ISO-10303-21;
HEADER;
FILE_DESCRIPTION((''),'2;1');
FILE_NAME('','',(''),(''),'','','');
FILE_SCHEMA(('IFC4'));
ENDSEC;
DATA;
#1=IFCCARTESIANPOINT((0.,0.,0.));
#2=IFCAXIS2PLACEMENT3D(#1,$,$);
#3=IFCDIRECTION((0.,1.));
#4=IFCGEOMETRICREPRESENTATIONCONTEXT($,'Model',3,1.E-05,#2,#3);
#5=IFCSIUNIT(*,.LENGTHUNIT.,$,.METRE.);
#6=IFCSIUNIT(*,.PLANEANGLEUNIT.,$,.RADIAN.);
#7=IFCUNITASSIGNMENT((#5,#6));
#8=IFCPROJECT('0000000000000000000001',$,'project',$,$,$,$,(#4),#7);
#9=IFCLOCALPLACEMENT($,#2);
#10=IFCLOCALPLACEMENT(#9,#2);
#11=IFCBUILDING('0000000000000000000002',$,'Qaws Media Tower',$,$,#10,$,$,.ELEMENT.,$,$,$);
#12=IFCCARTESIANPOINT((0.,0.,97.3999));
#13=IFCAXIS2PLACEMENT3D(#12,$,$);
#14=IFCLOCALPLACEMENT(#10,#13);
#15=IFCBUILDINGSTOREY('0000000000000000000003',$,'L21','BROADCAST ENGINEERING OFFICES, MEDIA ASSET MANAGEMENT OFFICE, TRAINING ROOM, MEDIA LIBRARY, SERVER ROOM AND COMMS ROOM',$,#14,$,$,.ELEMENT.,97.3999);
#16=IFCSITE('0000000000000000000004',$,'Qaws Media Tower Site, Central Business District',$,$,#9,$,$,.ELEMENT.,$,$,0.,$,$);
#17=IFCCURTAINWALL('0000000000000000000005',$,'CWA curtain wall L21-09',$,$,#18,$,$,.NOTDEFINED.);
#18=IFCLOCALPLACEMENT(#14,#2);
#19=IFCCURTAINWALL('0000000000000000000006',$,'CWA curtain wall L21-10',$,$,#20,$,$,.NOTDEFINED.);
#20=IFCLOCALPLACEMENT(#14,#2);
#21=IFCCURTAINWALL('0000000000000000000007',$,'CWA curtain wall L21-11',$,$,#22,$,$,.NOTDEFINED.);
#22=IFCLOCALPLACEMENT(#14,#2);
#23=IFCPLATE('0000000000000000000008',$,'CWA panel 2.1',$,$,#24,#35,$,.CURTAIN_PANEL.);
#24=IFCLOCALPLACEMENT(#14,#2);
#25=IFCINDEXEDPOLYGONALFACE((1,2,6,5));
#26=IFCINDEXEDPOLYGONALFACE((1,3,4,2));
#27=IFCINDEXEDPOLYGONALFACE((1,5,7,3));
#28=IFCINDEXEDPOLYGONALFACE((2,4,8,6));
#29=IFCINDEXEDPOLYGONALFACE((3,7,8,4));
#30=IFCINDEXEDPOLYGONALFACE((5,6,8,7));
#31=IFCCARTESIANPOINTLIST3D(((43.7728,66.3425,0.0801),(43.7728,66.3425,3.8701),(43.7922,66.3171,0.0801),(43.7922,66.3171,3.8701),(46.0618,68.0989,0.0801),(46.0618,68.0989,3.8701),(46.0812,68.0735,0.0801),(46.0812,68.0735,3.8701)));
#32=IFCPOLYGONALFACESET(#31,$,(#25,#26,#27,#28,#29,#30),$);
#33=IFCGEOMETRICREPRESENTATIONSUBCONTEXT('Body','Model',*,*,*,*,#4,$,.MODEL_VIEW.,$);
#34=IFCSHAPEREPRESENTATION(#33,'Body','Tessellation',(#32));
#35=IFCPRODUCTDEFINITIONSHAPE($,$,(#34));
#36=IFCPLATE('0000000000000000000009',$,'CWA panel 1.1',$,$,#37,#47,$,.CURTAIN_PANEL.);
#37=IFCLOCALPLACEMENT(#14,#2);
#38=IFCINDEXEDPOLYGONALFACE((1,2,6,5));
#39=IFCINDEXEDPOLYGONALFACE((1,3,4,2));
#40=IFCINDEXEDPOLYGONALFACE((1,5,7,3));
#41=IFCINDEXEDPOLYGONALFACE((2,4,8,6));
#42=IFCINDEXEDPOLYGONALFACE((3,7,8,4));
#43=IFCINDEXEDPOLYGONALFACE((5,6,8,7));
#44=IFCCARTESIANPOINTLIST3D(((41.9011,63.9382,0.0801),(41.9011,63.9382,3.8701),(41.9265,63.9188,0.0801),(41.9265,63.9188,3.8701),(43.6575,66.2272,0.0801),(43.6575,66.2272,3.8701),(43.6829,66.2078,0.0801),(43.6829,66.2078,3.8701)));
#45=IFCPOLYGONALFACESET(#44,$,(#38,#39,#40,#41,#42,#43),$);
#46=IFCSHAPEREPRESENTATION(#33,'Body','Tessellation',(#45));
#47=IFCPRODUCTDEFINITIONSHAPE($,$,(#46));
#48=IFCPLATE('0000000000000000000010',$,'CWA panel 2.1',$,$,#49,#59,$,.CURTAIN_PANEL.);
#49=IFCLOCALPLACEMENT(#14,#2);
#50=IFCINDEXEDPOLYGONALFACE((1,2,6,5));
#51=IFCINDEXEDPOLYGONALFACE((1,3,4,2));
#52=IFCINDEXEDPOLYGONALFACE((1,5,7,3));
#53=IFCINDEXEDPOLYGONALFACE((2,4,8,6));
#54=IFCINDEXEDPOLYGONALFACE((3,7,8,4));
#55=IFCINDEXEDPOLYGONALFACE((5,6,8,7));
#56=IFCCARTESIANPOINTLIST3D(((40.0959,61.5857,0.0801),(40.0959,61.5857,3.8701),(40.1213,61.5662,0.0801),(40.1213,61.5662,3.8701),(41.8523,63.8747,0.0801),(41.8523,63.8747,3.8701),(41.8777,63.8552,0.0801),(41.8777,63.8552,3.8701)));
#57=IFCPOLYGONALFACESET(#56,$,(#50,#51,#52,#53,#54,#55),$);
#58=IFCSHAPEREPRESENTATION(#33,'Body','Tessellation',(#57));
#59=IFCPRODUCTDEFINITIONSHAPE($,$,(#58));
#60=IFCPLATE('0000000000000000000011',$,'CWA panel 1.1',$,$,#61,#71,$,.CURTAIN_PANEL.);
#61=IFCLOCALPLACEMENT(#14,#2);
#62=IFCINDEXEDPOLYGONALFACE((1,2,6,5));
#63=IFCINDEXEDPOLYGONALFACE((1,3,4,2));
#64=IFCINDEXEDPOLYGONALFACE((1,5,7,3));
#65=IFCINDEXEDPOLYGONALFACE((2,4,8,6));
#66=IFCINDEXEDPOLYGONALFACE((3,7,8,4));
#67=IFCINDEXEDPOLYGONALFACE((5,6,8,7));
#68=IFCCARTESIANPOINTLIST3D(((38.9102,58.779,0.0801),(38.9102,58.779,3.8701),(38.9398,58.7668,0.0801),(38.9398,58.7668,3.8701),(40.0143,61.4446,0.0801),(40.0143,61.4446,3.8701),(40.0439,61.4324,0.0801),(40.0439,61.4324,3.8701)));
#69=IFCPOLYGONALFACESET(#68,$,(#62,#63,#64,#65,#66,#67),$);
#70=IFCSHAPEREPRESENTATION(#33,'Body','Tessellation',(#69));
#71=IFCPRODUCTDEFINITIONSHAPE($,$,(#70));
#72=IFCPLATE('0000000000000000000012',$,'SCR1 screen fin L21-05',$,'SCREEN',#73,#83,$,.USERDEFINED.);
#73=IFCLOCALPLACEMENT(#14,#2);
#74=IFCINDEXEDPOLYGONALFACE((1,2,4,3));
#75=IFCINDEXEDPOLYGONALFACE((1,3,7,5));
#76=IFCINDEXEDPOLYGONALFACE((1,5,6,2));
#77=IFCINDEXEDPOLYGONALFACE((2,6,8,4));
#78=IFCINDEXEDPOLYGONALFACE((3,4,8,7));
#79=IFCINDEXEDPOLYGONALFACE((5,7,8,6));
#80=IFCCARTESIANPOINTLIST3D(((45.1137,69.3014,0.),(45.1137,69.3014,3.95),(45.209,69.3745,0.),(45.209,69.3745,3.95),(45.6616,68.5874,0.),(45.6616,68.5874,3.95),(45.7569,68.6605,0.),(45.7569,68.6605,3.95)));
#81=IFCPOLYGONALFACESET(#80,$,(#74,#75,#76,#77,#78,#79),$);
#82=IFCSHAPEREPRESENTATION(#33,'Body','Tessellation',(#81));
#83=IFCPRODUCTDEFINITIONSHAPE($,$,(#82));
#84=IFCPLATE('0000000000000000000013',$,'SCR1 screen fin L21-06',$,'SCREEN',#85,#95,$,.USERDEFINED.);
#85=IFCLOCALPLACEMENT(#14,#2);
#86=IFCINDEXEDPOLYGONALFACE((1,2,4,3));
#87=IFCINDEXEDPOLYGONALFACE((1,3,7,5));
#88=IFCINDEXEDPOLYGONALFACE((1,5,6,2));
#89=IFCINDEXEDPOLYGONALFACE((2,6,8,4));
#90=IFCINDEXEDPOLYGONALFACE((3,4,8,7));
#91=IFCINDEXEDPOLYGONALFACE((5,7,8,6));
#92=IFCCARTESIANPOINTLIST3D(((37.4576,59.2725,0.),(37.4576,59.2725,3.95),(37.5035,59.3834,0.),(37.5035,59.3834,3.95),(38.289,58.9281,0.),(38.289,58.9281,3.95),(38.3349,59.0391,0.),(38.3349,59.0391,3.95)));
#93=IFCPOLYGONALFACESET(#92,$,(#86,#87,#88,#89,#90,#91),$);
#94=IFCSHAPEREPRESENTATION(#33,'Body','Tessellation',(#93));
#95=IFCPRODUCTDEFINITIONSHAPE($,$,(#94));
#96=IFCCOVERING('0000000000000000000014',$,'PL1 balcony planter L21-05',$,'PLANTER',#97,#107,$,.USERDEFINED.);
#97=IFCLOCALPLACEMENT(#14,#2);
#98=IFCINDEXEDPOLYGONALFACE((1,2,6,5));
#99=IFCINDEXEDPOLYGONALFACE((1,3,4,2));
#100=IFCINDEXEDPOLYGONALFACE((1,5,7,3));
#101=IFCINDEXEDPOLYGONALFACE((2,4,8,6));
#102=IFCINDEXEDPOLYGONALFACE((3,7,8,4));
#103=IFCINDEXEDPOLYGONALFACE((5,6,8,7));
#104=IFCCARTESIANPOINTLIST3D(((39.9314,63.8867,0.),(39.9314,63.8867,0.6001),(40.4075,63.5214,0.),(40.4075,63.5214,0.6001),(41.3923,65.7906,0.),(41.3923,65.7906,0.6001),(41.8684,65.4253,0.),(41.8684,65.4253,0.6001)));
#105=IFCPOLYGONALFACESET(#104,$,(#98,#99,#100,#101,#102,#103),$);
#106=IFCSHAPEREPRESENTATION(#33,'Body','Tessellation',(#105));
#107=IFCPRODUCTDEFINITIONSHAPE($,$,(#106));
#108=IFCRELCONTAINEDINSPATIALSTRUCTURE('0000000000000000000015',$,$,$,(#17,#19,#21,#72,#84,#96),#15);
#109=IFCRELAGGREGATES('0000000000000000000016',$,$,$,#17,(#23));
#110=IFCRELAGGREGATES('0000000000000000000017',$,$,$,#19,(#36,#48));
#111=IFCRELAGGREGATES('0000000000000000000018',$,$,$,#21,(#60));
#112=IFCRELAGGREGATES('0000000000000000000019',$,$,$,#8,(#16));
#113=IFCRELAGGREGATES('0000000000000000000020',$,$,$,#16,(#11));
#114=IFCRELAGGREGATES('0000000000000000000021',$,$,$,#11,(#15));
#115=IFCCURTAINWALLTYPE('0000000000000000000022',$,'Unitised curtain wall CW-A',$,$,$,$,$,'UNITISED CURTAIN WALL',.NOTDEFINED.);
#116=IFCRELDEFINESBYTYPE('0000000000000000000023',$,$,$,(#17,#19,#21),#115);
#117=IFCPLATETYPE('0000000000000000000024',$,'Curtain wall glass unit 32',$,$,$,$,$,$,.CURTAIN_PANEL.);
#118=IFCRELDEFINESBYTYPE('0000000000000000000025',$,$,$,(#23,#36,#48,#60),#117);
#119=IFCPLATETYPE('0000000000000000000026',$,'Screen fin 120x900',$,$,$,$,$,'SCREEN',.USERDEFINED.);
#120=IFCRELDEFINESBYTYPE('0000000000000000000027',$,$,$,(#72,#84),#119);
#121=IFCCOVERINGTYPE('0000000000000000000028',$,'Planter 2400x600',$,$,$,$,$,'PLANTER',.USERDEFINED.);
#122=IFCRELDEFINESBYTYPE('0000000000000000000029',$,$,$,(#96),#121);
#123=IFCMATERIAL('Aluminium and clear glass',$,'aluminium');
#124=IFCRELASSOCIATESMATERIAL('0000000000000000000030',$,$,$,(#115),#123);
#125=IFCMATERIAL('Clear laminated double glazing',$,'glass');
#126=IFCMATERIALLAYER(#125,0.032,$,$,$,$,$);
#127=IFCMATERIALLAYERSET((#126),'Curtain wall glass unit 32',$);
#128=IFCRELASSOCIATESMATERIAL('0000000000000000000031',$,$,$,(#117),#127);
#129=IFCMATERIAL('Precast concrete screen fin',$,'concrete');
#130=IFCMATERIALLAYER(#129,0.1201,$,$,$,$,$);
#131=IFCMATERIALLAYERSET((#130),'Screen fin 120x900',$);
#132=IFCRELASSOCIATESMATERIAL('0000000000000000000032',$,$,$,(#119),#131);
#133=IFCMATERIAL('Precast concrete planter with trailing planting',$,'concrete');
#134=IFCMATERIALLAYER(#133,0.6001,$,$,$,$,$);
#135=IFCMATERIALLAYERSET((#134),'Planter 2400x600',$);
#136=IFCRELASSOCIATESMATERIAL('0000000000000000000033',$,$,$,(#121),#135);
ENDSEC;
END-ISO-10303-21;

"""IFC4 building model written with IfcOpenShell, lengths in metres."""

from ifc_helpers import new_model, si_unit, direction, frame, origin, origin_2d, place, context, subcontext, project, spatial, rectangle, extrude, material, layer, layer_set, type_object, element, aggregate, save


model = new_model("IFC4")

# Units and contexts
model_context = context("Model", 3, precision=1e-05, world=origin(), true_north=direction((0.0, 1.0)))
body_context = subcontext(model_context, "Body", "Model", "MODEL_VIEW")
ifc_project = project(units=[si_unit("LENGTHUNIT", "METRE"), si_unit("PLANEANGLEUNIT", "RADIAN")], contexts=[model_context])

# Site, building, storey
site_placement = place(None, origin())
site = spatial("IfcSite", under=ifc_project, at=site_placement, Name="Qaws Media Tower Site, Central Business District", CompositionType="ELEMENT", RefElevation=0.0)
building_placement = place(site_placement, origin())
building = spatial("IfcBuilding", under=site, at=building_placement, Name="Qaws Media Tower", CompositionType="ELEMENT")
storey_placement = place(building_placement, frame((0.0, 0.0, 97.3999)))
storey = spatial("IfcBuildingStorey", under=building, at=storey_placement, Name="L21", Description="BROADCAST ENGINEERING OFFICES, MEDIA ASSET MANAGEMENT OFFICE, TRAINING ROOM, MEDIA LIBRARY, SERVER ROOM AND COMMS ROOM", CompositionType="ELEMENT", Elevation=97.3999)

# Curtain wall
ifc_material_1 = material(Name="Aluminium and clear glass", Category="aluminium")
curtain_wall_type = type_object("IfcCurtainWallType", Name="Unitised curtain wall CW-A", ElementType="UNITISED CURTAIN WALL", PredefinedType="NOTDEFINED", material=ifc_material_1)
curtain_wall_1_placement = place(storey_placement, origin())
curtain_wall_1 = element("IfcCurtainWall", 1, at=curtain_wall_1_placement, inside=storey, type_object=curtain_wall_type, Name="CWA curtain wall L21-09", PredefinedType="NOTDEFINED")

# Curtain walls
curtain_wall_2_placement = place(storey_placement, origin())
curtain_wall_2 = element("IfcCurtainWall", 2, at=curtain_wall_2_placement, inside=storey, type_object=curtain_wall_type, Name="CWA curtain wall L21-10", PredefinedType="NOTDEFINED")
curtain_wall_3_placement = place(storey_placement, origin())
curtain_wall_3 = element("IfcCurtainWall", 3, at=curtain_wall_3_placement, inside=storey, type_object=curtain_wall_type, Name="CWA curtain wall L21-11", PredefinedType="NOTDEFINED")

# Plates
ifc_material_2 = material(Name="Clear laminated double glazing", Category="glass")
ifc_layer_1 = layer(ifc_material_2, 0.032)
ifc_layer_set_1 = layer_set([ifc_layer_1], Name="Curtain wall glass unit 32")
plate_type_1 = type_object("IfcPlateType", Name="Curtain wall glass unit 32", PredefinedType="CURTAIN_PANEL", material=ifc_layer_set_1)
plate_1_placement = place(storey_placement, frame((44.927, 67.208, 0.0801), z_axis=(0.0, 0.0, 1.0), x_axis=(-0.793353, -0.608761, 0.0)))
plate_1 = element("IfcPlate", 4, at=plate_1_placement, type_object=plate_type_1, Name="CWA panel 2.1", PredefinedType="CURTAIN_PANEL", context=body_context, shape_type="SweptSolid", body=[
    extrude(rectangle(XDim=2.8853, YDim=0.032, at=origin_2d()), origin(), (0.0, 0.0, 1.0), 3.79),
])
aggregate(curtain_wall_1, [plate_1])
plate_2_placement = place(storey_placement, frame((42.792, 65.073, 0.0801), z_axis=(0.0, 0.0, 1.0), x_axis=(-0.608761, -0.793353, 0.0)))
plate_2 = element("IfcPlate", 5, at=plate_2_placement, type_object=plate_type_1, Name="CWA panel 1.1", PredefinedType="CURTAIN_PANEL", context=body_context, shape_type="SweptSolid", body=[
    extrude(rectangle(XDim=2.8853, YDim=0.032, at=origin_2d()), origin(), (0.0, 0.0, 1.0), 3.79),
])
plate_3_placement = place(storey_placement, frame((40.9868, 62.7205, 0.0801), z_axis=(0.0, 0.0, 1.0), x_axis=(-0.608761, -0.793353, 0.0)))
plate_3 = element("IfcPlate", 6, at=plate_3_placement, type_object=plate_type_1, Name="CWA panel 2.1", PredefinedType="CURTAIN_PANEL", context=body_context, shape_type="SweptSolid", body=[
    extrude(rectangle(XDim=2.8853, YDim=0.032, at=origin_2d()), origin(), (0.0, 0.0, 1.0), 3.79),
])
aggregate(curtain_wall_2, [plate_2, plate_3])
plate_4_placement = place(storey_placement, frame((39.4771, 60.1057, 0.0801), z_axis=(0.0, 0.0, 1.0), x_axis=(-0.382683, -0.92388, 0.0)))
plate_4 = element("IfcPlate", 7, at=plate_4_placement, type_object=plate_type_1, Name="CWA panel 1.1", PredefinedType="CURTAIN_PANEL", context=body_context, shape_type="SweptSolid", body=[
    extrude(rectangle(XDim=2.8853, YDim=0.032, at=origin_2d()), origin(), (0.0, 0.0, 1.0), 3.79),
])
aggregate(curtain_wall_3, [plate_4])

# Plates
ifc_material_3 = material(Name="Precast concrete screen fin", Category="concrete")
ifc_layer_2 = layer(ifc_material_3, 0.1201)
ifc_layer_set_2 = layer_set([ifc_layer_2], Name="Screen fin 120x900")
plate_type_2 = type_object("IfcPlateType", Name="Screen fin 120x900", ElementType="SCREEN", PredefinedType="USERDEFINED", material=ifc_layer_set_2)
for number, where, z_axis, x_axis, name in (
    (8, (45.4353, 68.981, 0.0), (0.0, 0.0, 1.0), (-0.608761, 0.793353, 0.0), "SCR1 screen fin L21-05"),
    (9, (37.8962, 59.1558, 0.0), (0.0, 0.0, 1.0), (-0.92388, 0.382683, 0.0), "SCR1 screen fin L21-06"),
):
    element("IfcPlate", number, at=place(storey_placement, frame(where, z_axis=z_axis, x_axis=x_axis)), inside=storey, type_object=plate_type_2, Name=name, ObjectType="SCREEN", PredefinedType="USERDEFINED", context=body_context, shape_type="SweptSolid", body=[
        extrude(rectangle(XDim=0.8999, YDim=0.1201, at=origin_2d()), origin(), (0.0, 0.0, 1.0), 3.95),
    ])

# Covering
ifc_material_4 = material(Name="Precast concrete planter with trailing planting", Category="concrete")
ifc_layer_3 = layer(ifc_material_4, 0.6001)
ifc_layer_set_3 = layer_set([ifc_layer_3], Name="Planter 2400x600")
covering_type = type_object("IfcCoveringType", Name="Planter 2400x600", ElementType="PLANTER", PredefinedType="USERDEFINED", material=ifc_layer_set_3)
covering_placement = place(storey_placement, frame((40.8999, 64.656, 0.0), z_axis=(0.0, 0.0, 1.0), x_axis=(-0.608761, -0.793353, 0.0)))
element("IfcCovering", 10, at=covering_placement, inside=storey, type_object=covering_type, Name="PL1 balcony planter L21-05", ObjectType="PLANTER", PredefinedType="USERDEFINED", context=body_context, shape_type="SweptSolid", body=[
    extrude(rectangle(XDim=2.3999, YDim=0.6001, at=origin_2d()), origin(), (0.0, 0.0, 1.0), 0.6001),
])

save(model, "model.ifc")
